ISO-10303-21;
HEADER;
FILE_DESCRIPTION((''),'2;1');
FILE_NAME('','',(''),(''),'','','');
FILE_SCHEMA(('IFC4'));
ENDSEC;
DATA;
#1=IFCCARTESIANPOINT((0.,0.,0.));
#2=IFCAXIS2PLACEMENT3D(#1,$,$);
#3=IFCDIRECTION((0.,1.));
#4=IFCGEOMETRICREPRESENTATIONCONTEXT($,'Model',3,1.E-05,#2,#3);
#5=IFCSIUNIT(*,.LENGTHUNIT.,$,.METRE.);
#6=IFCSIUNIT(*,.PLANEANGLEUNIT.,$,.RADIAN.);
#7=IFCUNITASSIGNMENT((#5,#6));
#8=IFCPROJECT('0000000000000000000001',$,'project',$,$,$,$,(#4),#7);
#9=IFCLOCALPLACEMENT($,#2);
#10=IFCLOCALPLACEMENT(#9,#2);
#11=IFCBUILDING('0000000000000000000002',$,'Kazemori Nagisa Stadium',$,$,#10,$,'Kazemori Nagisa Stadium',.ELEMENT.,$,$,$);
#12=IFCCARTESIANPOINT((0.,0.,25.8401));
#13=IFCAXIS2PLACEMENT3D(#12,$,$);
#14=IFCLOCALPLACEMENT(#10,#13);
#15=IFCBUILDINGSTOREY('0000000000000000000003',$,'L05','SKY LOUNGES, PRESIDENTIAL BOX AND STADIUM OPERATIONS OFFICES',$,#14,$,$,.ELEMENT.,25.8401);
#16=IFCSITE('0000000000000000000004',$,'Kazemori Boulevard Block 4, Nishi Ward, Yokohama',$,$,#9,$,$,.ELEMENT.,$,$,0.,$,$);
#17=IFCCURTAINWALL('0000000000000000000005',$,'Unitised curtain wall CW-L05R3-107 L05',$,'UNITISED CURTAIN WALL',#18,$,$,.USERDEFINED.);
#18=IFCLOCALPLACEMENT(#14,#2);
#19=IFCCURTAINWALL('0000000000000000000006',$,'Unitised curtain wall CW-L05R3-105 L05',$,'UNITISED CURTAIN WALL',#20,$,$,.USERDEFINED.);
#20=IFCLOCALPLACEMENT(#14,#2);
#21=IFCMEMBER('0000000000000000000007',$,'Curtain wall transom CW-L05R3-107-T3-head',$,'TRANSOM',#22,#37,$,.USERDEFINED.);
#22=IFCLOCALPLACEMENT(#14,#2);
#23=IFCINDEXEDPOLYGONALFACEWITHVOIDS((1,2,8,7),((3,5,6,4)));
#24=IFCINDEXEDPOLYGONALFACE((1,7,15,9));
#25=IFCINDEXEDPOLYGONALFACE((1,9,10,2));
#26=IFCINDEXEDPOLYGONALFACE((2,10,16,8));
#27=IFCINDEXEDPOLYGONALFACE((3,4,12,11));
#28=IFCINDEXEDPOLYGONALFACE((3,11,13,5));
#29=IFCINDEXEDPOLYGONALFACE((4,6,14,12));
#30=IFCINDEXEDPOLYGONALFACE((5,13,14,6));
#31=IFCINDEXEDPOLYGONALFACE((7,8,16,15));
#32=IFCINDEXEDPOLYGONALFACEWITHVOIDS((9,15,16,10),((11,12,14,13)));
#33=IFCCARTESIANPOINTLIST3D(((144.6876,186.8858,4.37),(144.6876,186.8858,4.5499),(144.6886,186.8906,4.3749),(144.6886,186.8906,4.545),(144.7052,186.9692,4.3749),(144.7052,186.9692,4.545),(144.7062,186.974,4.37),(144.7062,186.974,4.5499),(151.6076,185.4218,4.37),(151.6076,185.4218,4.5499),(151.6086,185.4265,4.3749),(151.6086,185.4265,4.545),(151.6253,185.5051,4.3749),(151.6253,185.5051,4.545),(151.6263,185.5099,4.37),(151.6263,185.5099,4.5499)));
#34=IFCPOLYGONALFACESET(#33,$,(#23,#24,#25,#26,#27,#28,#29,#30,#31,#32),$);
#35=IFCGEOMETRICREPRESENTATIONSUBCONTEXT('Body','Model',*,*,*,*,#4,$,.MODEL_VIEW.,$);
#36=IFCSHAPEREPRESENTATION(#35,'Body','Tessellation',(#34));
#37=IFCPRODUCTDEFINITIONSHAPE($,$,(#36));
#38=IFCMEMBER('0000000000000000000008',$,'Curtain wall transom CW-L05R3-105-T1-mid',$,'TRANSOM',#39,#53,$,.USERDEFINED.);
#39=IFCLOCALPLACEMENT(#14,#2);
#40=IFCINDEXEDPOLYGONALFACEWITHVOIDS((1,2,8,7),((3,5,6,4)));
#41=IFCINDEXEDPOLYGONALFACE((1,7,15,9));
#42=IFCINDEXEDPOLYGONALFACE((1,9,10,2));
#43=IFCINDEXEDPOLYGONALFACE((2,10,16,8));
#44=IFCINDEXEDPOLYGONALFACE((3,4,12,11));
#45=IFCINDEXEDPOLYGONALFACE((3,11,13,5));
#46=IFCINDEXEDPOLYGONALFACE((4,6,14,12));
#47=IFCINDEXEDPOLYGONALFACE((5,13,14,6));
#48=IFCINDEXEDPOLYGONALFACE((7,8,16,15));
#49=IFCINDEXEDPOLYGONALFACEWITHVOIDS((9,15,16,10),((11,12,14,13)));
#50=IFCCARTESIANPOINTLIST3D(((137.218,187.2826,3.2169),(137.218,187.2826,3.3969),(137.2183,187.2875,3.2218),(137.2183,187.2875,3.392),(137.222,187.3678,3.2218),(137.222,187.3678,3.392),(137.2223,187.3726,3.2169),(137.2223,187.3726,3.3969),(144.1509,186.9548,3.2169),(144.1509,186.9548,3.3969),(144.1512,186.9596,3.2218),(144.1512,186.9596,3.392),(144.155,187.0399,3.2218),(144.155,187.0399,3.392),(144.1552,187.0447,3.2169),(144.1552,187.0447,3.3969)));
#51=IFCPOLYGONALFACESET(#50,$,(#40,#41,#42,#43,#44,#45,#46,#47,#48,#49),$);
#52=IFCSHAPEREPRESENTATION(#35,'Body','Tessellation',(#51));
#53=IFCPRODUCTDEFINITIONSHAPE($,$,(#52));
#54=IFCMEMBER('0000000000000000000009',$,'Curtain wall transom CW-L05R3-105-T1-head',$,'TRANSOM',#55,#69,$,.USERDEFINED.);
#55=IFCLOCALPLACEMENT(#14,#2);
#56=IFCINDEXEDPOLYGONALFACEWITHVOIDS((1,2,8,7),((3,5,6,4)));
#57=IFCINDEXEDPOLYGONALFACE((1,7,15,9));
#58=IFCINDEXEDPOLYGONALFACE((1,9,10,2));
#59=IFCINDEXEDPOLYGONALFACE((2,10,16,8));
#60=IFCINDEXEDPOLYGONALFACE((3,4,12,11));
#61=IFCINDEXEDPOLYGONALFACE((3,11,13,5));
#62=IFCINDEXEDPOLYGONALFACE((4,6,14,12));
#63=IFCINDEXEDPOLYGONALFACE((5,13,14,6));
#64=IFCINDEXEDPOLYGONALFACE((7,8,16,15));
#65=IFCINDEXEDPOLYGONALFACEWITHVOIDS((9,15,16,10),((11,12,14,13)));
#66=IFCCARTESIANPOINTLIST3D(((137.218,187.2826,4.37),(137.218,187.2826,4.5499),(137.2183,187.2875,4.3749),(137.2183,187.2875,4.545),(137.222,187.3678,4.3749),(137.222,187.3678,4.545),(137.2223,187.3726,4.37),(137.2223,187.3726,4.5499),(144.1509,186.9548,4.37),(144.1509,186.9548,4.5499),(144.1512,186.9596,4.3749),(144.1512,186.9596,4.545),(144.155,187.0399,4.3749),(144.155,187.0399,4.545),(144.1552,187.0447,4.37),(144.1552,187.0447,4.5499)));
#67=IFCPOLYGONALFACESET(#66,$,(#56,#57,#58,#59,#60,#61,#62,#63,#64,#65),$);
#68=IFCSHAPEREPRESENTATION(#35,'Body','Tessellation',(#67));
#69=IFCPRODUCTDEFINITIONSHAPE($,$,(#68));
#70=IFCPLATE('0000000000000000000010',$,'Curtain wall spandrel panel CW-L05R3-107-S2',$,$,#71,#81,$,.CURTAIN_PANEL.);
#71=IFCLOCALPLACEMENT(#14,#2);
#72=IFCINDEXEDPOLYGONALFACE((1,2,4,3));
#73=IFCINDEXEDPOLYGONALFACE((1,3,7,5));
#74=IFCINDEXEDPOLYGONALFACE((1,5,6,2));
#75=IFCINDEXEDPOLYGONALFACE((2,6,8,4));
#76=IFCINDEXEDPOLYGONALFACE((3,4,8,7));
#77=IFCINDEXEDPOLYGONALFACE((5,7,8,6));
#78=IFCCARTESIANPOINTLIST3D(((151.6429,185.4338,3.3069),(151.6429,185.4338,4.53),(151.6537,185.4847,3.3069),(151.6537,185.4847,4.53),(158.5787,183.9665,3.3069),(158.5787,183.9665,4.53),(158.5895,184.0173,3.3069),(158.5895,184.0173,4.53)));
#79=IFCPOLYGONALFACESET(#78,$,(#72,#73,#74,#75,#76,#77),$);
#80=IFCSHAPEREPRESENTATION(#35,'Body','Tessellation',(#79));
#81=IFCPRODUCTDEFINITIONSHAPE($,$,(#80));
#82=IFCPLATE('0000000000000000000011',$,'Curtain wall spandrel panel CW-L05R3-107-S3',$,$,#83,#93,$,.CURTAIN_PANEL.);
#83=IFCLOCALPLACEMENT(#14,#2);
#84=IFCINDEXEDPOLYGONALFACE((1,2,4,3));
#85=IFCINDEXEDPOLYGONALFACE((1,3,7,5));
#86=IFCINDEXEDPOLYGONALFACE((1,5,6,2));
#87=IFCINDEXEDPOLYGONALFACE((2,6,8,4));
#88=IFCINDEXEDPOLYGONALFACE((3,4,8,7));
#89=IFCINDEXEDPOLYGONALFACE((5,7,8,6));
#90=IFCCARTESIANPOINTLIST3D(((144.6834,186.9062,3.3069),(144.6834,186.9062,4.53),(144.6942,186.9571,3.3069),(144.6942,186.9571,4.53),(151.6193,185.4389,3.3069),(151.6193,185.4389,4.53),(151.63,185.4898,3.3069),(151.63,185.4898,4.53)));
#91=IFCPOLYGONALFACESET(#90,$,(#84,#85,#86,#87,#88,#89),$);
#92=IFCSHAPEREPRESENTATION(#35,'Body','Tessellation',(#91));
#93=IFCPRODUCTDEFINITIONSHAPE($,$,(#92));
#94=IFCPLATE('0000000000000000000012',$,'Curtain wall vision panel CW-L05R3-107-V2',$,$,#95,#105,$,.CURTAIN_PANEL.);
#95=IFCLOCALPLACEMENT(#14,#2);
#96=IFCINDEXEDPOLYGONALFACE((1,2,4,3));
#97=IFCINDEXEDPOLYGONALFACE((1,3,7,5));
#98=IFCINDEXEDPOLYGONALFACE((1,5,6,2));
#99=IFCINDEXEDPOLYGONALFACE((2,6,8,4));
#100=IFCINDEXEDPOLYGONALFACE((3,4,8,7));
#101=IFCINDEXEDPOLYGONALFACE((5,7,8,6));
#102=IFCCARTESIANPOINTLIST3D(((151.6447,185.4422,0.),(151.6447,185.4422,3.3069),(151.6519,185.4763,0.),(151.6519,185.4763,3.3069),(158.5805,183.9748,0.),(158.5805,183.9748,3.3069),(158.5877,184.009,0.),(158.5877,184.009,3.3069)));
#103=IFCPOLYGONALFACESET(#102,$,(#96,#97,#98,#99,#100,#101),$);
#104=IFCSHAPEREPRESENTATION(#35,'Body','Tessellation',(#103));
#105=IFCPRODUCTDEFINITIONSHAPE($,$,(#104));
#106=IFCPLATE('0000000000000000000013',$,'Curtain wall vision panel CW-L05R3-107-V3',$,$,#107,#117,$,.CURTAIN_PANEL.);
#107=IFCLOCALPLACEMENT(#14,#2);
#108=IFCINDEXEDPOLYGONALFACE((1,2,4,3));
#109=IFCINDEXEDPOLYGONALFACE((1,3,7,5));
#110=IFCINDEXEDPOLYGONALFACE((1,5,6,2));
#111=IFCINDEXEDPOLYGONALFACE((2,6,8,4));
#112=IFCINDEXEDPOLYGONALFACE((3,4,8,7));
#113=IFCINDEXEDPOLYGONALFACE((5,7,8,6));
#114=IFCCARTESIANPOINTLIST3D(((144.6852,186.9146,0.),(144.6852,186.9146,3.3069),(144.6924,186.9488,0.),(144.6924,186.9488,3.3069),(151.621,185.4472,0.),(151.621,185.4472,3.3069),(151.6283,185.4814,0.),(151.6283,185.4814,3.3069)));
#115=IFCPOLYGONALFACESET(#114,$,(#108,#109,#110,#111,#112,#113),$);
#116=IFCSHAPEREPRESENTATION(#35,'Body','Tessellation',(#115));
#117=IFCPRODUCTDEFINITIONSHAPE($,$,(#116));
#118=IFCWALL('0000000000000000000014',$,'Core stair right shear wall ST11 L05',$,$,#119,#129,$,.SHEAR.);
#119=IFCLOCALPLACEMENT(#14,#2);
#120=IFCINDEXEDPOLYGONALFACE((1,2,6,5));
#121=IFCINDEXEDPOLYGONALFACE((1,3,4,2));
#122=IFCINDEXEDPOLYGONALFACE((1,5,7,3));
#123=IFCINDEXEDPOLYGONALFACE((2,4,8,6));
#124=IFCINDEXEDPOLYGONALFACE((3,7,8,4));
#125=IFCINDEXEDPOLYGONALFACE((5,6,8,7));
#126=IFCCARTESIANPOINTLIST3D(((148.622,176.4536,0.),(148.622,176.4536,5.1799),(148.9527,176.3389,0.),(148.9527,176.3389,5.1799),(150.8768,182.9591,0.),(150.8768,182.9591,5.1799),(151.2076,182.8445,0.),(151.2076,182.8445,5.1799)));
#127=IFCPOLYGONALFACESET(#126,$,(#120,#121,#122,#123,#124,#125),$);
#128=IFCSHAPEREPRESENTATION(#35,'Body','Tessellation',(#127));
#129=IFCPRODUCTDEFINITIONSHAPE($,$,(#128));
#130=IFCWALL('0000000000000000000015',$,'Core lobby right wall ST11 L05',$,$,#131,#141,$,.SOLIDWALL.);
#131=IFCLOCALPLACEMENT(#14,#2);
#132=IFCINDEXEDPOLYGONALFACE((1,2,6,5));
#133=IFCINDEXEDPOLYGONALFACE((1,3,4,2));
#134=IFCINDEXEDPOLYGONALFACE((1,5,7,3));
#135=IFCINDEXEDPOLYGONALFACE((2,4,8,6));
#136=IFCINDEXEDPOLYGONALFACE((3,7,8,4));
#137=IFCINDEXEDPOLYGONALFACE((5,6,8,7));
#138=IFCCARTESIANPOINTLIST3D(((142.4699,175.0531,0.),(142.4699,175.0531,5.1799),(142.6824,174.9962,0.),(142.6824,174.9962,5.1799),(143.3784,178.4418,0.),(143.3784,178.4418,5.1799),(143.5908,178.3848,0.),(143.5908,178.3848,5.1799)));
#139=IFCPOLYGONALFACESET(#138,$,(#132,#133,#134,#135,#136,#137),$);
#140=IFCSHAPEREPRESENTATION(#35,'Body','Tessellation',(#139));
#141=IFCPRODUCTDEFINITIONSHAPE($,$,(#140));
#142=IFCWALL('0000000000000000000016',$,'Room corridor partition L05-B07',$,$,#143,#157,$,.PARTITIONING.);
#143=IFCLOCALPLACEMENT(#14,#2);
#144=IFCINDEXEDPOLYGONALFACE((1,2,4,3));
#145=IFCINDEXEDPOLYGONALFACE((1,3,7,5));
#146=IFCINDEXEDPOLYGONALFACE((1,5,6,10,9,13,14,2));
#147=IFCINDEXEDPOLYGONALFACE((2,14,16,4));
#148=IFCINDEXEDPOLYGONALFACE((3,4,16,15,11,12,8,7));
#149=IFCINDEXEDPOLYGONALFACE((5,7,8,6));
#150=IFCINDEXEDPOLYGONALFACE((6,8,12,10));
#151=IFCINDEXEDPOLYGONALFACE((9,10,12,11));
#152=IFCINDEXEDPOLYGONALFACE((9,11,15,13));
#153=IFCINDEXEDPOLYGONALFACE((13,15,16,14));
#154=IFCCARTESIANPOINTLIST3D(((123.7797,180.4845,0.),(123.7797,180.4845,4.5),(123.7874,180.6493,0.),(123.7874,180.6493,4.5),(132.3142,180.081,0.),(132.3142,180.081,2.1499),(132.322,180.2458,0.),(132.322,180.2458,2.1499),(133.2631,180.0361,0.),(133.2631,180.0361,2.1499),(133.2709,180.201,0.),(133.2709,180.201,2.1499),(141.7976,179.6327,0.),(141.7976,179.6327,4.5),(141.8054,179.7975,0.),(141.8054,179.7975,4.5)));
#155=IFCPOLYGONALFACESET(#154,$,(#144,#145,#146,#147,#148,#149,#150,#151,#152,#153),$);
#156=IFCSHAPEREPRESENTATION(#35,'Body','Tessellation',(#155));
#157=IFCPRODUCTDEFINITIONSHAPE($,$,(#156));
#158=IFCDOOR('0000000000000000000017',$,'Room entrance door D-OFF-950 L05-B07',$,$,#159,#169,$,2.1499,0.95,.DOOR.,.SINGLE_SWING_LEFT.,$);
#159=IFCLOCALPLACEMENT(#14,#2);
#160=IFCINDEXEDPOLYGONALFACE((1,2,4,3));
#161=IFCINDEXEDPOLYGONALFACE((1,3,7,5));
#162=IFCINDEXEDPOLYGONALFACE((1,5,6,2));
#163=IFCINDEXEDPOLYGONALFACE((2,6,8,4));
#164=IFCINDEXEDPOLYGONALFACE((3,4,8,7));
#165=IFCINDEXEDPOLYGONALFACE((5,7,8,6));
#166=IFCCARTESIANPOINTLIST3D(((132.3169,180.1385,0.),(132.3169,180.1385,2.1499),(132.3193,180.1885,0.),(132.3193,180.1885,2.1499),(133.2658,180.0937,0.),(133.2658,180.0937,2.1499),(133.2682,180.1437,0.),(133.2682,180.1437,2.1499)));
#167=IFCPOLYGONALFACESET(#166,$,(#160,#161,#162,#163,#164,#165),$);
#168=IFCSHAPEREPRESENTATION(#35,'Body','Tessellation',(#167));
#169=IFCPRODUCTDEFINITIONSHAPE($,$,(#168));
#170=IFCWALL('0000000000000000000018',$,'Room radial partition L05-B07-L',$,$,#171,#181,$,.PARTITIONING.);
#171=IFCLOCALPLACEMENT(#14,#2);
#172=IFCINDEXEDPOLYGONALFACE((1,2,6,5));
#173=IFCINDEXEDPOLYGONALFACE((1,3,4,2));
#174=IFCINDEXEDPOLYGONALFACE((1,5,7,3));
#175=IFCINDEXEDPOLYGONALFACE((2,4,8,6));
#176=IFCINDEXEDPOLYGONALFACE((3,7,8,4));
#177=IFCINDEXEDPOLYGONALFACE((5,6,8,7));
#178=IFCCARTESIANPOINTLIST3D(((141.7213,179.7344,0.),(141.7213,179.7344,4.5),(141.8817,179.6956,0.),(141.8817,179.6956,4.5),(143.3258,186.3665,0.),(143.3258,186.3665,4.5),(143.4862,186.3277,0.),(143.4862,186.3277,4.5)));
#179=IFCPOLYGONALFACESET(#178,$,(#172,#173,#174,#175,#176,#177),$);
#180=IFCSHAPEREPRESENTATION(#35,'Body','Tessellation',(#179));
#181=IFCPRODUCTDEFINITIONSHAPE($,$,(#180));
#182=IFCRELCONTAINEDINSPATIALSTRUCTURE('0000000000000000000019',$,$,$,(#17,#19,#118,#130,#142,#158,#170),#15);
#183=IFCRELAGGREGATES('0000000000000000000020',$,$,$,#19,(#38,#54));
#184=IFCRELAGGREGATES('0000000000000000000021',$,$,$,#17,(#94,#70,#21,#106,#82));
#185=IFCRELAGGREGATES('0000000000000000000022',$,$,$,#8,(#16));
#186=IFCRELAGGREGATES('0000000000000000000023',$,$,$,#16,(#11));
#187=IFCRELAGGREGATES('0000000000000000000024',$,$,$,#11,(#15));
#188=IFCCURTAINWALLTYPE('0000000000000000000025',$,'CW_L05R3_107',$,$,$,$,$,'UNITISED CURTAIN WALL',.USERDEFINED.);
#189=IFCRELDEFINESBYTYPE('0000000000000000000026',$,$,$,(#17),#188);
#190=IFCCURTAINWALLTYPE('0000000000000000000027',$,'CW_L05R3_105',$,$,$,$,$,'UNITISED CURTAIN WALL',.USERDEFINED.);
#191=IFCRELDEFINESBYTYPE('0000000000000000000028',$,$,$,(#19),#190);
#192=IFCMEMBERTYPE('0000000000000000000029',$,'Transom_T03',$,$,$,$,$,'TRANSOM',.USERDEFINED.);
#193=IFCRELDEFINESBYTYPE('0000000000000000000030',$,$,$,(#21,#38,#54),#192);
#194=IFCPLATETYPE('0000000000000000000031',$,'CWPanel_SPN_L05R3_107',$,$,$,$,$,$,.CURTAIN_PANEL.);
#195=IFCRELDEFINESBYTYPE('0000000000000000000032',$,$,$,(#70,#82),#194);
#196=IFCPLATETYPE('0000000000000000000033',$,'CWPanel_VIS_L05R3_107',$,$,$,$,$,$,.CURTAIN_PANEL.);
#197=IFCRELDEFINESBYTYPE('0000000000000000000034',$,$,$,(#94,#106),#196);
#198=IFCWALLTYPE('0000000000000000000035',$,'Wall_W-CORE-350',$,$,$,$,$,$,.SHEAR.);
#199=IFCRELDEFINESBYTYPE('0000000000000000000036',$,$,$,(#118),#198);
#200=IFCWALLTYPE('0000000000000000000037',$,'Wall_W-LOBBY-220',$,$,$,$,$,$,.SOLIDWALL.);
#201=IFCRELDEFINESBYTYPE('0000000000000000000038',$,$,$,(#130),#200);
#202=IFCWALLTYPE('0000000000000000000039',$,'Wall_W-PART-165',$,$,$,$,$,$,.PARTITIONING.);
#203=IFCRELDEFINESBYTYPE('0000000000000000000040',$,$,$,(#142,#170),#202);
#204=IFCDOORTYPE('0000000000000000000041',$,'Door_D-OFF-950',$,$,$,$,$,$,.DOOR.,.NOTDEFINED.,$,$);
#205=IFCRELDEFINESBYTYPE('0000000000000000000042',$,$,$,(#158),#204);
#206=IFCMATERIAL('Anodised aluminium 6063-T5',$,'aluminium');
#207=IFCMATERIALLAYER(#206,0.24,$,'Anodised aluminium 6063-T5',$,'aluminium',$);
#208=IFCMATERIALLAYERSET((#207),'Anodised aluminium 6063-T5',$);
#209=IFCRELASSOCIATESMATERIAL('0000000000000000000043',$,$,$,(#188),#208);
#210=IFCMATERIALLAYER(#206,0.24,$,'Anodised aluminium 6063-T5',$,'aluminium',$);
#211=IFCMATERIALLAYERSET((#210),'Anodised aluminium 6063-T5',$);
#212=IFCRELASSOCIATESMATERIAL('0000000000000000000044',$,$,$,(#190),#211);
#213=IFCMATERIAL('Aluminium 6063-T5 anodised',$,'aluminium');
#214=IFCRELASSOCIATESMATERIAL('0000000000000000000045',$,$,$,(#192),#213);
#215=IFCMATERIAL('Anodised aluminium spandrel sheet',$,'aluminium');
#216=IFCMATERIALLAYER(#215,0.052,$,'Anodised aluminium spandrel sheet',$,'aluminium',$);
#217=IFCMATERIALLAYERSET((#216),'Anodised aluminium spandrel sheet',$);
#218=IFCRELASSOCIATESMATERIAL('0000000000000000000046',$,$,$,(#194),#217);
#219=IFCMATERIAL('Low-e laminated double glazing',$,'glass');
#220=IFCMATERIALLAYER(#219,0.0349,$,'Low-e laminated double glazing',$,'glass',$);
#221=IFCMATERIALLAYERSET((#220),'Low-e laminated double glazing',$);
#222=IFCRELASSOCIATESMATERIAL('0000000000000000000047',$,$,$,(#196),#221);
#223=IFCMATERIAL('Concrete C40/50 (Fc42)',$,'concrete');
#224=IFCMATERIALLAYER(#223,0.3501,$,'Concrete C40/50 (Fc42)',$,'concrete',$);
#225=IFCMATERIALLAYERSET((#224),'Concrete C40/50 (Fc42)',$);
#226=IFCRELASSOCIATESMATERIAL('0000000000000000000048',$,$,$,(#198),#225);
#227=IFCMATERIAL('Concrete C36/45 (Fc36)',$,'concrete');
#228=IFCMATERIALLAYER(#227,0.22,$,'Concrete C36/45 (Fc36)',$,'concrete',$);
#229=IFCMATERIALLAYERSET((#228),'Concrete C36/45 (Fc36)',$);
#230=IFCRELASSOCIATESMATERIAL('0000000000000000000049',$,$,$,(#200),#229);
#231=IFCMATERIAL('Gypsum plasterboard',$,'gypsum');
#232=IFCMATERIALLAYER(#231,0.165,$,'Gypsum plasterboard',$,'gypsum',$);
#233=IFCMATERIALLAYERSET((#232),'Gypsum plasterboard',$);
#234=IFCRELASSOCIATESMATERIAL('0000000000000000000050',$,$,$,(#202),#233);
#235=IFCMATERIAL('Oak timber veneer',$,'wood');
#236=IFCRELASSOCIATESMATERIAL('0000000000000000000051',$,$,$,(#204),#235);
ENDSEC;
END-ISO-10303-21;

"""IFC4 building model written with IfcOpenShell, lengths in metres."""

from ifc_helpers import new_model, si_unit, direction, frame, frame_2d, origin, origin_2d, place, context, subcontext, project, spatial, rectangle, hollow_rectangle, extrude, material, layer, layer_set, material_profile, profile_set, type_object, element, fill, aggregate, save


model = new_model("IFC4")

# Units and contexts
model_context = context("Model", 3, precision=1e-05, world=origin(), true_north=direction((0.0, 1.0)))
body_context = subcontext(model_context, "Body", "Model", "MODEL_VIEW")
ifc_project = project(units=[si_unit("LENGTHUNIT", "METRE"), si_unit("PLANEANGLEUNIT", "RADIAN")], contexts=[model_context])

# Site, building, storey
site_placement = place(None, origin())
site = spatial("IfcSite", under=ifc_project, at=site_placement, Name="Kazemori Boulevard Block 4, Nishi Ward, Yokohama", CompositionType="ELEMENT", RefElevation=0.0)
building_placement = place(site_placement, origin())
building = spatial("IfcBuilding", under=site, at=building_placement, Name="Kazemori Nagisa Stadium", LongName="Kazemori Nagisa Stadium", CompositionType="ELEMENT")
storey_placement = place(building_placement, frame((0.0, 0.0, 25.8401)))
storey = spatial("IfcBuildingStorey", under=building, at=storey_placement, Name="L05", Description="SKY LOUNGES, PRESIDENTIAL BOX AND STADIUM OPERATIONS OFFICES", CompositionType="ELEMENT", Elevation=25.8401)

# Curtain wall
ifc_material_1 = material(Name="Anodised aluminium 6063-T5", Category="aluminium")
ifc_layer_1 = layer(ifc_material_1, 0.24, Name="Anodised aluminium 6063-T5", Category="aluminium")
ifc_layer_set_1 = layer_set([ifc_layer_1], Name="Anodised aluminium 6063-T5")
curtain_wall_type_1 = type_object("IfcCurtainWallType", Name="CW_L05R3_107", ElementType="UNITISED CURTAIN WALL", PredefinedType="USERDEFINED", material=ifc_layer_set_1)
curtain_wall_1_placement = place(storey_placement, origin())
curtain_wall_1 = element("IfcCurtainWall", 1, at=curtain_wall_1_placement, inside=storey, type_object=curtain_wall_type_1, Name="Unitised curtain wall CW-L05R3-107 L05", ObjectType="UNITISED CURTAIN WALL", PredefinedType="USERDEFINED")
ifc_material_2 = material(Name="Aluminium 6063-T5 anodised", Category="aluminium")

# Curtain wall
ifc_layer_2 = layer(ifc_material_1, 0.24, Name="Anodised aluminium 6063-T5", Category="aluminium")
ifc_layer_set_2 = layer_set([ifc_layer_2], Name="Anodised aluminium 6063-T5")
curtain_wall_type_2 = type_object("IfcCurtainWallType", Name="CW_L05R3_105", ElementType="UNITISED CURTAIN WALL", PredefinedType="USERDEFINED", material=ifc_layer_set_2)
curtain_wall_2_placement = place(storey_placement, origin())
curtain_wall_2 = element("IfcCurtainWall", 2, at=curtain_wall_2_placement, inside=storey, type_object=curtain_wall_type_2, Name="Unitised curtain wall CW-L05R3-105 L05", ObjectType="UNITISED CURTAIN WALL", PredefinedType="USERDEFINED")

# Members
ifc_material_profile_1 = material_profile(ifc_material_2, hollow_rectangle(XDim=0.0901, YDim=0.1799, WallThickness=0.0049, at=origin_2d()), Name="ALU-TRAN-90x180x5")
ifc_profile_set_1 = profile_set([ifc_material_profile_1], Name="Aluminium 6063-T5 anodised")
member_type_1 = type_object("IfcMemberType", Name="Transom_T03", ElementType="TRANSOM", PredefinedType="USERDEFINED", material=ifc_profile_set_1)
member_1_placement = place(storey_placement, frame((151.6169, 185.4658, 4.46), z_axis=(-0.978343, 0.20699, 0.0), x_axis=(-0.20699, -0.978343, 0.0)))
member_1 = element("IfcMember", 3, at=member_1_placement, type_object=member_type_1, Name="Curtain wall transom CW-L05R3-107-T3-head", ObjectType="TRANSOM", PredefinedType="USERDEFINED", context=body_context, shape_type="SweptSolid", body=[
    extrude(hollow_rectangle(XDim=0.0901, YDim=0.1799, WallThickness=0.0049, at=origin_2d()), origin(), (0.0, 0.0, 1.0), 7.0732),
])
member_2_placement = place(storey_placement, frame((144.1531, 186.9998, 3.3069), z_axis=(-0.998884, 0.047241, 0.0), x_axis=(-0.047241, -0.998884, 0.0)))
member_2 = element("IfcMember", 4, at=member_2_placement, type_object=member_type_1, Name="Curtain wall transom CW-L05R3-105-T1-mid", ObjectType="TRANSOM", PredefinedType="USERDEFINED", context=body_context, shape_type="SweptSolid", body=[
    extrude(hollow_rectangle(XDim=0.0901, YDim=0.1799, WallThickness=0.0049, at=origin_2d()), origin(), (0.0, 0.0, 1.0), 6.9407),
])
member_3_placement = place(storey_placement, frame((144.1531, 186.9998, 4.46), z_axis=(-0.998884, 0.047241, 0.0), x_axis=(-0.047241, -0.998884, 0.0)))
member_3 = element("IfcMember", 5, at=member_3_placement, type_object=member_type_1, Name="Curtain wall transom CW-L05R3-105-T1-head", ObjectType="TRANSOM", PredefinedType="USERDEFINED", context=body_context, shape_type="SweptSolid", body=[
    extrude(hollow_rectangle(XDim=0.0901, YDim=0.1799, WallThickness=0.0049, at=origin_2d()), origin(), (0.0, 0.0, 1.0), 6.9407),
])
aggregate(curtain_wall_2, [member_2, member_3])

# Plates
ifc_material_3 = material(Name="Anodised aluminium spandrel sheet", Category="aluminium")
ifc_layer_3 = layer(ifc_material_3, 0.052, Name="Anodised aluminium spandrel sheet", Category="aluminium")
ifc_layer_set_3 = layer_set([ifc_layer_3], Name="Anodised aluminium spandrel sheet")
plate_type_1 = type_object("IfcPlateType", Name="CWPanel_SPN_L05R3_107", PredefinedType="CURTAIN_PANEL", material=ifc_layer_set_3)
plate_1_placement = place(storey_placement, frame((155.1162, 184.7256, 3.3069), z_axis=(0.0, 0.0, 1.0), x_axis=(-0.978345, 0.206981, 0.0)))
plate_1 = element("IfcPlate", 6, at=plate_1_placement, type_object=plate_type_1, Name="Curtain wall spandrel panel CW-L05R3-107-S2", PredefinedType="CURTAIN_PANEL", context=body_context, shape_type="SweptSolid", body=[
    extrude(rectangle(XDim=7.0894, YDim=0.052, at=origin_2d()), origin(), (0.0, 0.0, 1.0), 1.2231),
])
plate_2_placement = place(storey_placement, frame((148.1567, 186.198, 3.3069), z_axis=(0.0, 0.0, 1.0), x_axis=(-0.978345, 0.206981, 0.0)))
plate_2 = element("IfcPlate", 7, at=plate_2_placement, type_object=plate_type_1, Name="Curtain wall spandrel panel CW-L05R3-107-S3", PredefinedType="CURTAIN_PANEL", context=body_context, shape_type="SweptSolid", body=[
    extrude(rectangle(XDim=7.0894, YDim=0.052, at=origin_2d()), origin(), (0.0, 0.0, 1.0), 1.2231),
])
ifc_material_4 = material(Name="Low-e laminated double glazing", Category="glass")
ifc_layer_4 = layer(ifc_material_4, 0.0349, Name="Low-e laminated double glazing", Category="glass")
ifc_layer_set_4 = layer_set([ifc_layer_4], Name="Low-e laminated double glazing")
plate_type_2 = type_object("IfcPlateType", Name="CWPanel_VIS_L05R3_107", PredefinedType="CURTAIN_PANEL", material=ifc_layer_set_4)
plate_3_placement = place(storey_placement, frame((155.1162, 184.7256, 0.0), z_axis=(0.0, 0.0, 1.0), x_axis=(-0.978345, 0.206981, 0.0)))
plate_3 = element("IfcPlate", 8, at=plate_3_placement, type_object=plate_type_2, Name="Curtain wall vision panel CW-L05R3-107-V2", PredefinedType="CURTAIN_PANEL", context=body_context, shape_type="SweptSolid", body=[
    extrude(rectangle(XDim=7.0894, YDim=0.0349, at=origin_2d()), origin(), (0.0, 0.0, 1.0), 3.3069),
])
plate_4_placement = place(storey_placement, frame((148.1567, 186.198, 0.0), z_axis=(0.0, 0.0, 1.0), x_axis=(-0.978345, 0.206981, 0.0)))
plate_4 = element("IfcPlate", 9, at=plate_4_placement, type_object=plate_type_2, Name="Curtain wall vision panel CW-L05R3-107-V3", PredefinedType="CURTAIN_PANEL", context=body_context, shape_type="SweptSolid", body=[
    extrude(rectangle(XDim=7.0894, YDim=0.0349, at=origin_2d()), origin(), (0.0, 0.0, 1.0), 3.3069),
])
aggregate(curtain_wall_1, [plate_3, plate_1, member_1, plate_4, plate_2])

# Walls
ifc_material_5 = material(Name="Concrete C40/50 (Fc42)", Category="concrete")
ifc_layer_5 = layer(ifc_material_5, 0.3501, Name="Concrete C40/50 (Fc42)", Category="concrete")
ifc_layer_set_5 = layer_set([ifc_layer_5], Name="Concrete C40/50 (Fc42)")
wall_type_1 = type_object("IfcWallType", Name="Wall_W-CORE-350", PredefinedType="SHEAR", material=ifc_layer_set_5)
wall_1_placement = place(storey_placement, frame((148.7874, 176.3962, 0.0), z_axis=(0.0, 0.0, 1.0), x_axis=(0.327492, 0.944854, 0.0)))
element("IfcWall", 10, at=wall_1_placement, inside=storey, type_object=wall_type_1, Name="Core stair right shear wall ST11 L05", PredefinedType="SHEAR", context=body_context, shape_type="SweptSolid", body=[
    extrude(rectangle(XDim=6.8853, YDim=0.3501, at=frame_2d((3.4426, 0.0))), origin(), (0.0, 0.0, 1.0), 5.1799),
])
ifc_material_6 = material(Name="Concrete C36/45 (Fc36)", Category="concrete")
ifc_layer_6 = layer(ifc_material_6, 0.22, Name="Concrete C36/45 (Fc36)", Category="concrete")
ifc_layer_set_6 = layer_set([ifc_layer_6], Name="Concrete C36/45 (Fc36)")
wall_type_2 = type_object("IfcWallType", Name="Wall_W-LOBBY-220", PredefinedType="SOLIDWALL", material=ifc_layer_set_6)
wall_2_placement = place(storey_placement, frame((142.5762, 175.0247, 0.0), z_axis=(0.0, 0.0, 1.0), x_axis=(0.25894, 0.965893, 0.0)))
element("IfcWall", 11, at=wall_2_placement, inside=storey, type_object=wall_type_2, Name="Core lobby right wall ST11 L05", PredefinedType="SOLIDWALL", context=body_context, shape_type="SweptSolid", body=[
    extrude(rectangle(XDim=3.5083, YDim=0.22, at=frame_2d((1.7542, 0.0))), origin(), (0.0, 0.0, 1.0), 5.1799),
])

# Wall, opening, door
ifc_material_7 = material(Name="Gypsum plasterboard", Category="gypsum")
ifc_layer_7 = layer(ifc_material_7, 0.165, Name="Gypsum plasterboard", Category="gypsum")
ifc_layer_set_7 = layer_set([ifc_layer_7], Name="Gypsum plasterboard")
wall_type_3 = type_object("IfcWallType", Name="Wall_W-PART-165", PredefinedType="PARTITIONING", material=ifc_layer_set_7)
wall_3_placement = place(storey_placement, frame((141.8015, 179.7151, 0.0), z_axis=(0.0, 0.0, 1.0), x_axis=(-0.998884, 0.047222, 0.0)))
wall_3 = element("IfcWall", 12, at=wall_3_placement, inside=storey, type_object=wall_type_3, Name="Room corridor partition L05-B07", PredefinedType="PARTITIONING", context=body_context, shape_type="SweptSolid", body=[
    extrude(rectangle(XDim=18.0381, YDim=0.165, at=frame_2d((9.019, 0.0))), origin(), (0.0, 0.0, 1.0), 4.5),
])
opening_1_placement = place(wall_3_placement, frame((8.5439, 0.0, 0.0)))
opening_1 = element("IfcOpeningElement", 13, at=opening_1_placement, cuts=wall_3, PredefinedType="OPENING", context=body_context, shape_type="SweptSolid", body=[
    extrude(rectangle(XDim=0.95, YDim=2.1499, at=frame_2d((0.4751, 1.075))), frame((0.0, 0.0925, 0.0), z_axis=(0.0, -1.0, 0.0), x_axis=(1.0, 0.0, 0.0)), (0.0, 0.0, 1.0), 0.1851),
])
ifc_material_8 = material(Name="Oak timber veneer", Category="wood")
door_type_1 = type_object("IfcDoorType", Name="Door_D-OFF-950", OperationType="NOTDEFINED", PredefinedType="DOOR", material=ifc_material_8)
door_1_placement = place(opening_1_placement, origin())
door_1 = element("IfcDoor", 14, at=door_1_placement, inside=storey, type_object=door_type_1, Name="Room entrance door D-OFF-950 L05-B07", OperationType="SINGLE_SWING_LEFT", OverallHeight=2.1499, OverallWidth=0.95, PredefinedType="DOOR", context=body_context, shape_type="SweptSolid", body=[
    extrude(rectangle(XDim=0.95, YDim=2.1499, at=frame_2d((0.4751, 1.075))), frame((0.0, 0.0249, 0.0), z_axis=(0.0, -1.0, 0.0), x_axis=(1.0, 0.0, 0.0)), (0.0, 0.0, 1.0), 0.05),
])
fill(opening_1, door_1)

# Wall
wall_4_placement = place(storey_placement, frame((141.8015, 179.7151, 0.0), z_axis=(0.0, 0.0, 1.0), x_axis=(0.235145, 0.97196, 0.0)))
element("IfcWall", 15, at=wall_4_placement, inside=storey, type_object=wall_type_3, Name="Room radial partition L05-B07-L", PredefinedType="PARTITIONING", context=body_context, shape_type="SweptSolid", body=[
    extrude(rectangle(XDim=6.8235, YDim=0.165, at=frame_2d((3.4116, 0.0))), origin(), (0.0, 0.0, 1.0), 4.5),
])

save(model, "model.ifc")
